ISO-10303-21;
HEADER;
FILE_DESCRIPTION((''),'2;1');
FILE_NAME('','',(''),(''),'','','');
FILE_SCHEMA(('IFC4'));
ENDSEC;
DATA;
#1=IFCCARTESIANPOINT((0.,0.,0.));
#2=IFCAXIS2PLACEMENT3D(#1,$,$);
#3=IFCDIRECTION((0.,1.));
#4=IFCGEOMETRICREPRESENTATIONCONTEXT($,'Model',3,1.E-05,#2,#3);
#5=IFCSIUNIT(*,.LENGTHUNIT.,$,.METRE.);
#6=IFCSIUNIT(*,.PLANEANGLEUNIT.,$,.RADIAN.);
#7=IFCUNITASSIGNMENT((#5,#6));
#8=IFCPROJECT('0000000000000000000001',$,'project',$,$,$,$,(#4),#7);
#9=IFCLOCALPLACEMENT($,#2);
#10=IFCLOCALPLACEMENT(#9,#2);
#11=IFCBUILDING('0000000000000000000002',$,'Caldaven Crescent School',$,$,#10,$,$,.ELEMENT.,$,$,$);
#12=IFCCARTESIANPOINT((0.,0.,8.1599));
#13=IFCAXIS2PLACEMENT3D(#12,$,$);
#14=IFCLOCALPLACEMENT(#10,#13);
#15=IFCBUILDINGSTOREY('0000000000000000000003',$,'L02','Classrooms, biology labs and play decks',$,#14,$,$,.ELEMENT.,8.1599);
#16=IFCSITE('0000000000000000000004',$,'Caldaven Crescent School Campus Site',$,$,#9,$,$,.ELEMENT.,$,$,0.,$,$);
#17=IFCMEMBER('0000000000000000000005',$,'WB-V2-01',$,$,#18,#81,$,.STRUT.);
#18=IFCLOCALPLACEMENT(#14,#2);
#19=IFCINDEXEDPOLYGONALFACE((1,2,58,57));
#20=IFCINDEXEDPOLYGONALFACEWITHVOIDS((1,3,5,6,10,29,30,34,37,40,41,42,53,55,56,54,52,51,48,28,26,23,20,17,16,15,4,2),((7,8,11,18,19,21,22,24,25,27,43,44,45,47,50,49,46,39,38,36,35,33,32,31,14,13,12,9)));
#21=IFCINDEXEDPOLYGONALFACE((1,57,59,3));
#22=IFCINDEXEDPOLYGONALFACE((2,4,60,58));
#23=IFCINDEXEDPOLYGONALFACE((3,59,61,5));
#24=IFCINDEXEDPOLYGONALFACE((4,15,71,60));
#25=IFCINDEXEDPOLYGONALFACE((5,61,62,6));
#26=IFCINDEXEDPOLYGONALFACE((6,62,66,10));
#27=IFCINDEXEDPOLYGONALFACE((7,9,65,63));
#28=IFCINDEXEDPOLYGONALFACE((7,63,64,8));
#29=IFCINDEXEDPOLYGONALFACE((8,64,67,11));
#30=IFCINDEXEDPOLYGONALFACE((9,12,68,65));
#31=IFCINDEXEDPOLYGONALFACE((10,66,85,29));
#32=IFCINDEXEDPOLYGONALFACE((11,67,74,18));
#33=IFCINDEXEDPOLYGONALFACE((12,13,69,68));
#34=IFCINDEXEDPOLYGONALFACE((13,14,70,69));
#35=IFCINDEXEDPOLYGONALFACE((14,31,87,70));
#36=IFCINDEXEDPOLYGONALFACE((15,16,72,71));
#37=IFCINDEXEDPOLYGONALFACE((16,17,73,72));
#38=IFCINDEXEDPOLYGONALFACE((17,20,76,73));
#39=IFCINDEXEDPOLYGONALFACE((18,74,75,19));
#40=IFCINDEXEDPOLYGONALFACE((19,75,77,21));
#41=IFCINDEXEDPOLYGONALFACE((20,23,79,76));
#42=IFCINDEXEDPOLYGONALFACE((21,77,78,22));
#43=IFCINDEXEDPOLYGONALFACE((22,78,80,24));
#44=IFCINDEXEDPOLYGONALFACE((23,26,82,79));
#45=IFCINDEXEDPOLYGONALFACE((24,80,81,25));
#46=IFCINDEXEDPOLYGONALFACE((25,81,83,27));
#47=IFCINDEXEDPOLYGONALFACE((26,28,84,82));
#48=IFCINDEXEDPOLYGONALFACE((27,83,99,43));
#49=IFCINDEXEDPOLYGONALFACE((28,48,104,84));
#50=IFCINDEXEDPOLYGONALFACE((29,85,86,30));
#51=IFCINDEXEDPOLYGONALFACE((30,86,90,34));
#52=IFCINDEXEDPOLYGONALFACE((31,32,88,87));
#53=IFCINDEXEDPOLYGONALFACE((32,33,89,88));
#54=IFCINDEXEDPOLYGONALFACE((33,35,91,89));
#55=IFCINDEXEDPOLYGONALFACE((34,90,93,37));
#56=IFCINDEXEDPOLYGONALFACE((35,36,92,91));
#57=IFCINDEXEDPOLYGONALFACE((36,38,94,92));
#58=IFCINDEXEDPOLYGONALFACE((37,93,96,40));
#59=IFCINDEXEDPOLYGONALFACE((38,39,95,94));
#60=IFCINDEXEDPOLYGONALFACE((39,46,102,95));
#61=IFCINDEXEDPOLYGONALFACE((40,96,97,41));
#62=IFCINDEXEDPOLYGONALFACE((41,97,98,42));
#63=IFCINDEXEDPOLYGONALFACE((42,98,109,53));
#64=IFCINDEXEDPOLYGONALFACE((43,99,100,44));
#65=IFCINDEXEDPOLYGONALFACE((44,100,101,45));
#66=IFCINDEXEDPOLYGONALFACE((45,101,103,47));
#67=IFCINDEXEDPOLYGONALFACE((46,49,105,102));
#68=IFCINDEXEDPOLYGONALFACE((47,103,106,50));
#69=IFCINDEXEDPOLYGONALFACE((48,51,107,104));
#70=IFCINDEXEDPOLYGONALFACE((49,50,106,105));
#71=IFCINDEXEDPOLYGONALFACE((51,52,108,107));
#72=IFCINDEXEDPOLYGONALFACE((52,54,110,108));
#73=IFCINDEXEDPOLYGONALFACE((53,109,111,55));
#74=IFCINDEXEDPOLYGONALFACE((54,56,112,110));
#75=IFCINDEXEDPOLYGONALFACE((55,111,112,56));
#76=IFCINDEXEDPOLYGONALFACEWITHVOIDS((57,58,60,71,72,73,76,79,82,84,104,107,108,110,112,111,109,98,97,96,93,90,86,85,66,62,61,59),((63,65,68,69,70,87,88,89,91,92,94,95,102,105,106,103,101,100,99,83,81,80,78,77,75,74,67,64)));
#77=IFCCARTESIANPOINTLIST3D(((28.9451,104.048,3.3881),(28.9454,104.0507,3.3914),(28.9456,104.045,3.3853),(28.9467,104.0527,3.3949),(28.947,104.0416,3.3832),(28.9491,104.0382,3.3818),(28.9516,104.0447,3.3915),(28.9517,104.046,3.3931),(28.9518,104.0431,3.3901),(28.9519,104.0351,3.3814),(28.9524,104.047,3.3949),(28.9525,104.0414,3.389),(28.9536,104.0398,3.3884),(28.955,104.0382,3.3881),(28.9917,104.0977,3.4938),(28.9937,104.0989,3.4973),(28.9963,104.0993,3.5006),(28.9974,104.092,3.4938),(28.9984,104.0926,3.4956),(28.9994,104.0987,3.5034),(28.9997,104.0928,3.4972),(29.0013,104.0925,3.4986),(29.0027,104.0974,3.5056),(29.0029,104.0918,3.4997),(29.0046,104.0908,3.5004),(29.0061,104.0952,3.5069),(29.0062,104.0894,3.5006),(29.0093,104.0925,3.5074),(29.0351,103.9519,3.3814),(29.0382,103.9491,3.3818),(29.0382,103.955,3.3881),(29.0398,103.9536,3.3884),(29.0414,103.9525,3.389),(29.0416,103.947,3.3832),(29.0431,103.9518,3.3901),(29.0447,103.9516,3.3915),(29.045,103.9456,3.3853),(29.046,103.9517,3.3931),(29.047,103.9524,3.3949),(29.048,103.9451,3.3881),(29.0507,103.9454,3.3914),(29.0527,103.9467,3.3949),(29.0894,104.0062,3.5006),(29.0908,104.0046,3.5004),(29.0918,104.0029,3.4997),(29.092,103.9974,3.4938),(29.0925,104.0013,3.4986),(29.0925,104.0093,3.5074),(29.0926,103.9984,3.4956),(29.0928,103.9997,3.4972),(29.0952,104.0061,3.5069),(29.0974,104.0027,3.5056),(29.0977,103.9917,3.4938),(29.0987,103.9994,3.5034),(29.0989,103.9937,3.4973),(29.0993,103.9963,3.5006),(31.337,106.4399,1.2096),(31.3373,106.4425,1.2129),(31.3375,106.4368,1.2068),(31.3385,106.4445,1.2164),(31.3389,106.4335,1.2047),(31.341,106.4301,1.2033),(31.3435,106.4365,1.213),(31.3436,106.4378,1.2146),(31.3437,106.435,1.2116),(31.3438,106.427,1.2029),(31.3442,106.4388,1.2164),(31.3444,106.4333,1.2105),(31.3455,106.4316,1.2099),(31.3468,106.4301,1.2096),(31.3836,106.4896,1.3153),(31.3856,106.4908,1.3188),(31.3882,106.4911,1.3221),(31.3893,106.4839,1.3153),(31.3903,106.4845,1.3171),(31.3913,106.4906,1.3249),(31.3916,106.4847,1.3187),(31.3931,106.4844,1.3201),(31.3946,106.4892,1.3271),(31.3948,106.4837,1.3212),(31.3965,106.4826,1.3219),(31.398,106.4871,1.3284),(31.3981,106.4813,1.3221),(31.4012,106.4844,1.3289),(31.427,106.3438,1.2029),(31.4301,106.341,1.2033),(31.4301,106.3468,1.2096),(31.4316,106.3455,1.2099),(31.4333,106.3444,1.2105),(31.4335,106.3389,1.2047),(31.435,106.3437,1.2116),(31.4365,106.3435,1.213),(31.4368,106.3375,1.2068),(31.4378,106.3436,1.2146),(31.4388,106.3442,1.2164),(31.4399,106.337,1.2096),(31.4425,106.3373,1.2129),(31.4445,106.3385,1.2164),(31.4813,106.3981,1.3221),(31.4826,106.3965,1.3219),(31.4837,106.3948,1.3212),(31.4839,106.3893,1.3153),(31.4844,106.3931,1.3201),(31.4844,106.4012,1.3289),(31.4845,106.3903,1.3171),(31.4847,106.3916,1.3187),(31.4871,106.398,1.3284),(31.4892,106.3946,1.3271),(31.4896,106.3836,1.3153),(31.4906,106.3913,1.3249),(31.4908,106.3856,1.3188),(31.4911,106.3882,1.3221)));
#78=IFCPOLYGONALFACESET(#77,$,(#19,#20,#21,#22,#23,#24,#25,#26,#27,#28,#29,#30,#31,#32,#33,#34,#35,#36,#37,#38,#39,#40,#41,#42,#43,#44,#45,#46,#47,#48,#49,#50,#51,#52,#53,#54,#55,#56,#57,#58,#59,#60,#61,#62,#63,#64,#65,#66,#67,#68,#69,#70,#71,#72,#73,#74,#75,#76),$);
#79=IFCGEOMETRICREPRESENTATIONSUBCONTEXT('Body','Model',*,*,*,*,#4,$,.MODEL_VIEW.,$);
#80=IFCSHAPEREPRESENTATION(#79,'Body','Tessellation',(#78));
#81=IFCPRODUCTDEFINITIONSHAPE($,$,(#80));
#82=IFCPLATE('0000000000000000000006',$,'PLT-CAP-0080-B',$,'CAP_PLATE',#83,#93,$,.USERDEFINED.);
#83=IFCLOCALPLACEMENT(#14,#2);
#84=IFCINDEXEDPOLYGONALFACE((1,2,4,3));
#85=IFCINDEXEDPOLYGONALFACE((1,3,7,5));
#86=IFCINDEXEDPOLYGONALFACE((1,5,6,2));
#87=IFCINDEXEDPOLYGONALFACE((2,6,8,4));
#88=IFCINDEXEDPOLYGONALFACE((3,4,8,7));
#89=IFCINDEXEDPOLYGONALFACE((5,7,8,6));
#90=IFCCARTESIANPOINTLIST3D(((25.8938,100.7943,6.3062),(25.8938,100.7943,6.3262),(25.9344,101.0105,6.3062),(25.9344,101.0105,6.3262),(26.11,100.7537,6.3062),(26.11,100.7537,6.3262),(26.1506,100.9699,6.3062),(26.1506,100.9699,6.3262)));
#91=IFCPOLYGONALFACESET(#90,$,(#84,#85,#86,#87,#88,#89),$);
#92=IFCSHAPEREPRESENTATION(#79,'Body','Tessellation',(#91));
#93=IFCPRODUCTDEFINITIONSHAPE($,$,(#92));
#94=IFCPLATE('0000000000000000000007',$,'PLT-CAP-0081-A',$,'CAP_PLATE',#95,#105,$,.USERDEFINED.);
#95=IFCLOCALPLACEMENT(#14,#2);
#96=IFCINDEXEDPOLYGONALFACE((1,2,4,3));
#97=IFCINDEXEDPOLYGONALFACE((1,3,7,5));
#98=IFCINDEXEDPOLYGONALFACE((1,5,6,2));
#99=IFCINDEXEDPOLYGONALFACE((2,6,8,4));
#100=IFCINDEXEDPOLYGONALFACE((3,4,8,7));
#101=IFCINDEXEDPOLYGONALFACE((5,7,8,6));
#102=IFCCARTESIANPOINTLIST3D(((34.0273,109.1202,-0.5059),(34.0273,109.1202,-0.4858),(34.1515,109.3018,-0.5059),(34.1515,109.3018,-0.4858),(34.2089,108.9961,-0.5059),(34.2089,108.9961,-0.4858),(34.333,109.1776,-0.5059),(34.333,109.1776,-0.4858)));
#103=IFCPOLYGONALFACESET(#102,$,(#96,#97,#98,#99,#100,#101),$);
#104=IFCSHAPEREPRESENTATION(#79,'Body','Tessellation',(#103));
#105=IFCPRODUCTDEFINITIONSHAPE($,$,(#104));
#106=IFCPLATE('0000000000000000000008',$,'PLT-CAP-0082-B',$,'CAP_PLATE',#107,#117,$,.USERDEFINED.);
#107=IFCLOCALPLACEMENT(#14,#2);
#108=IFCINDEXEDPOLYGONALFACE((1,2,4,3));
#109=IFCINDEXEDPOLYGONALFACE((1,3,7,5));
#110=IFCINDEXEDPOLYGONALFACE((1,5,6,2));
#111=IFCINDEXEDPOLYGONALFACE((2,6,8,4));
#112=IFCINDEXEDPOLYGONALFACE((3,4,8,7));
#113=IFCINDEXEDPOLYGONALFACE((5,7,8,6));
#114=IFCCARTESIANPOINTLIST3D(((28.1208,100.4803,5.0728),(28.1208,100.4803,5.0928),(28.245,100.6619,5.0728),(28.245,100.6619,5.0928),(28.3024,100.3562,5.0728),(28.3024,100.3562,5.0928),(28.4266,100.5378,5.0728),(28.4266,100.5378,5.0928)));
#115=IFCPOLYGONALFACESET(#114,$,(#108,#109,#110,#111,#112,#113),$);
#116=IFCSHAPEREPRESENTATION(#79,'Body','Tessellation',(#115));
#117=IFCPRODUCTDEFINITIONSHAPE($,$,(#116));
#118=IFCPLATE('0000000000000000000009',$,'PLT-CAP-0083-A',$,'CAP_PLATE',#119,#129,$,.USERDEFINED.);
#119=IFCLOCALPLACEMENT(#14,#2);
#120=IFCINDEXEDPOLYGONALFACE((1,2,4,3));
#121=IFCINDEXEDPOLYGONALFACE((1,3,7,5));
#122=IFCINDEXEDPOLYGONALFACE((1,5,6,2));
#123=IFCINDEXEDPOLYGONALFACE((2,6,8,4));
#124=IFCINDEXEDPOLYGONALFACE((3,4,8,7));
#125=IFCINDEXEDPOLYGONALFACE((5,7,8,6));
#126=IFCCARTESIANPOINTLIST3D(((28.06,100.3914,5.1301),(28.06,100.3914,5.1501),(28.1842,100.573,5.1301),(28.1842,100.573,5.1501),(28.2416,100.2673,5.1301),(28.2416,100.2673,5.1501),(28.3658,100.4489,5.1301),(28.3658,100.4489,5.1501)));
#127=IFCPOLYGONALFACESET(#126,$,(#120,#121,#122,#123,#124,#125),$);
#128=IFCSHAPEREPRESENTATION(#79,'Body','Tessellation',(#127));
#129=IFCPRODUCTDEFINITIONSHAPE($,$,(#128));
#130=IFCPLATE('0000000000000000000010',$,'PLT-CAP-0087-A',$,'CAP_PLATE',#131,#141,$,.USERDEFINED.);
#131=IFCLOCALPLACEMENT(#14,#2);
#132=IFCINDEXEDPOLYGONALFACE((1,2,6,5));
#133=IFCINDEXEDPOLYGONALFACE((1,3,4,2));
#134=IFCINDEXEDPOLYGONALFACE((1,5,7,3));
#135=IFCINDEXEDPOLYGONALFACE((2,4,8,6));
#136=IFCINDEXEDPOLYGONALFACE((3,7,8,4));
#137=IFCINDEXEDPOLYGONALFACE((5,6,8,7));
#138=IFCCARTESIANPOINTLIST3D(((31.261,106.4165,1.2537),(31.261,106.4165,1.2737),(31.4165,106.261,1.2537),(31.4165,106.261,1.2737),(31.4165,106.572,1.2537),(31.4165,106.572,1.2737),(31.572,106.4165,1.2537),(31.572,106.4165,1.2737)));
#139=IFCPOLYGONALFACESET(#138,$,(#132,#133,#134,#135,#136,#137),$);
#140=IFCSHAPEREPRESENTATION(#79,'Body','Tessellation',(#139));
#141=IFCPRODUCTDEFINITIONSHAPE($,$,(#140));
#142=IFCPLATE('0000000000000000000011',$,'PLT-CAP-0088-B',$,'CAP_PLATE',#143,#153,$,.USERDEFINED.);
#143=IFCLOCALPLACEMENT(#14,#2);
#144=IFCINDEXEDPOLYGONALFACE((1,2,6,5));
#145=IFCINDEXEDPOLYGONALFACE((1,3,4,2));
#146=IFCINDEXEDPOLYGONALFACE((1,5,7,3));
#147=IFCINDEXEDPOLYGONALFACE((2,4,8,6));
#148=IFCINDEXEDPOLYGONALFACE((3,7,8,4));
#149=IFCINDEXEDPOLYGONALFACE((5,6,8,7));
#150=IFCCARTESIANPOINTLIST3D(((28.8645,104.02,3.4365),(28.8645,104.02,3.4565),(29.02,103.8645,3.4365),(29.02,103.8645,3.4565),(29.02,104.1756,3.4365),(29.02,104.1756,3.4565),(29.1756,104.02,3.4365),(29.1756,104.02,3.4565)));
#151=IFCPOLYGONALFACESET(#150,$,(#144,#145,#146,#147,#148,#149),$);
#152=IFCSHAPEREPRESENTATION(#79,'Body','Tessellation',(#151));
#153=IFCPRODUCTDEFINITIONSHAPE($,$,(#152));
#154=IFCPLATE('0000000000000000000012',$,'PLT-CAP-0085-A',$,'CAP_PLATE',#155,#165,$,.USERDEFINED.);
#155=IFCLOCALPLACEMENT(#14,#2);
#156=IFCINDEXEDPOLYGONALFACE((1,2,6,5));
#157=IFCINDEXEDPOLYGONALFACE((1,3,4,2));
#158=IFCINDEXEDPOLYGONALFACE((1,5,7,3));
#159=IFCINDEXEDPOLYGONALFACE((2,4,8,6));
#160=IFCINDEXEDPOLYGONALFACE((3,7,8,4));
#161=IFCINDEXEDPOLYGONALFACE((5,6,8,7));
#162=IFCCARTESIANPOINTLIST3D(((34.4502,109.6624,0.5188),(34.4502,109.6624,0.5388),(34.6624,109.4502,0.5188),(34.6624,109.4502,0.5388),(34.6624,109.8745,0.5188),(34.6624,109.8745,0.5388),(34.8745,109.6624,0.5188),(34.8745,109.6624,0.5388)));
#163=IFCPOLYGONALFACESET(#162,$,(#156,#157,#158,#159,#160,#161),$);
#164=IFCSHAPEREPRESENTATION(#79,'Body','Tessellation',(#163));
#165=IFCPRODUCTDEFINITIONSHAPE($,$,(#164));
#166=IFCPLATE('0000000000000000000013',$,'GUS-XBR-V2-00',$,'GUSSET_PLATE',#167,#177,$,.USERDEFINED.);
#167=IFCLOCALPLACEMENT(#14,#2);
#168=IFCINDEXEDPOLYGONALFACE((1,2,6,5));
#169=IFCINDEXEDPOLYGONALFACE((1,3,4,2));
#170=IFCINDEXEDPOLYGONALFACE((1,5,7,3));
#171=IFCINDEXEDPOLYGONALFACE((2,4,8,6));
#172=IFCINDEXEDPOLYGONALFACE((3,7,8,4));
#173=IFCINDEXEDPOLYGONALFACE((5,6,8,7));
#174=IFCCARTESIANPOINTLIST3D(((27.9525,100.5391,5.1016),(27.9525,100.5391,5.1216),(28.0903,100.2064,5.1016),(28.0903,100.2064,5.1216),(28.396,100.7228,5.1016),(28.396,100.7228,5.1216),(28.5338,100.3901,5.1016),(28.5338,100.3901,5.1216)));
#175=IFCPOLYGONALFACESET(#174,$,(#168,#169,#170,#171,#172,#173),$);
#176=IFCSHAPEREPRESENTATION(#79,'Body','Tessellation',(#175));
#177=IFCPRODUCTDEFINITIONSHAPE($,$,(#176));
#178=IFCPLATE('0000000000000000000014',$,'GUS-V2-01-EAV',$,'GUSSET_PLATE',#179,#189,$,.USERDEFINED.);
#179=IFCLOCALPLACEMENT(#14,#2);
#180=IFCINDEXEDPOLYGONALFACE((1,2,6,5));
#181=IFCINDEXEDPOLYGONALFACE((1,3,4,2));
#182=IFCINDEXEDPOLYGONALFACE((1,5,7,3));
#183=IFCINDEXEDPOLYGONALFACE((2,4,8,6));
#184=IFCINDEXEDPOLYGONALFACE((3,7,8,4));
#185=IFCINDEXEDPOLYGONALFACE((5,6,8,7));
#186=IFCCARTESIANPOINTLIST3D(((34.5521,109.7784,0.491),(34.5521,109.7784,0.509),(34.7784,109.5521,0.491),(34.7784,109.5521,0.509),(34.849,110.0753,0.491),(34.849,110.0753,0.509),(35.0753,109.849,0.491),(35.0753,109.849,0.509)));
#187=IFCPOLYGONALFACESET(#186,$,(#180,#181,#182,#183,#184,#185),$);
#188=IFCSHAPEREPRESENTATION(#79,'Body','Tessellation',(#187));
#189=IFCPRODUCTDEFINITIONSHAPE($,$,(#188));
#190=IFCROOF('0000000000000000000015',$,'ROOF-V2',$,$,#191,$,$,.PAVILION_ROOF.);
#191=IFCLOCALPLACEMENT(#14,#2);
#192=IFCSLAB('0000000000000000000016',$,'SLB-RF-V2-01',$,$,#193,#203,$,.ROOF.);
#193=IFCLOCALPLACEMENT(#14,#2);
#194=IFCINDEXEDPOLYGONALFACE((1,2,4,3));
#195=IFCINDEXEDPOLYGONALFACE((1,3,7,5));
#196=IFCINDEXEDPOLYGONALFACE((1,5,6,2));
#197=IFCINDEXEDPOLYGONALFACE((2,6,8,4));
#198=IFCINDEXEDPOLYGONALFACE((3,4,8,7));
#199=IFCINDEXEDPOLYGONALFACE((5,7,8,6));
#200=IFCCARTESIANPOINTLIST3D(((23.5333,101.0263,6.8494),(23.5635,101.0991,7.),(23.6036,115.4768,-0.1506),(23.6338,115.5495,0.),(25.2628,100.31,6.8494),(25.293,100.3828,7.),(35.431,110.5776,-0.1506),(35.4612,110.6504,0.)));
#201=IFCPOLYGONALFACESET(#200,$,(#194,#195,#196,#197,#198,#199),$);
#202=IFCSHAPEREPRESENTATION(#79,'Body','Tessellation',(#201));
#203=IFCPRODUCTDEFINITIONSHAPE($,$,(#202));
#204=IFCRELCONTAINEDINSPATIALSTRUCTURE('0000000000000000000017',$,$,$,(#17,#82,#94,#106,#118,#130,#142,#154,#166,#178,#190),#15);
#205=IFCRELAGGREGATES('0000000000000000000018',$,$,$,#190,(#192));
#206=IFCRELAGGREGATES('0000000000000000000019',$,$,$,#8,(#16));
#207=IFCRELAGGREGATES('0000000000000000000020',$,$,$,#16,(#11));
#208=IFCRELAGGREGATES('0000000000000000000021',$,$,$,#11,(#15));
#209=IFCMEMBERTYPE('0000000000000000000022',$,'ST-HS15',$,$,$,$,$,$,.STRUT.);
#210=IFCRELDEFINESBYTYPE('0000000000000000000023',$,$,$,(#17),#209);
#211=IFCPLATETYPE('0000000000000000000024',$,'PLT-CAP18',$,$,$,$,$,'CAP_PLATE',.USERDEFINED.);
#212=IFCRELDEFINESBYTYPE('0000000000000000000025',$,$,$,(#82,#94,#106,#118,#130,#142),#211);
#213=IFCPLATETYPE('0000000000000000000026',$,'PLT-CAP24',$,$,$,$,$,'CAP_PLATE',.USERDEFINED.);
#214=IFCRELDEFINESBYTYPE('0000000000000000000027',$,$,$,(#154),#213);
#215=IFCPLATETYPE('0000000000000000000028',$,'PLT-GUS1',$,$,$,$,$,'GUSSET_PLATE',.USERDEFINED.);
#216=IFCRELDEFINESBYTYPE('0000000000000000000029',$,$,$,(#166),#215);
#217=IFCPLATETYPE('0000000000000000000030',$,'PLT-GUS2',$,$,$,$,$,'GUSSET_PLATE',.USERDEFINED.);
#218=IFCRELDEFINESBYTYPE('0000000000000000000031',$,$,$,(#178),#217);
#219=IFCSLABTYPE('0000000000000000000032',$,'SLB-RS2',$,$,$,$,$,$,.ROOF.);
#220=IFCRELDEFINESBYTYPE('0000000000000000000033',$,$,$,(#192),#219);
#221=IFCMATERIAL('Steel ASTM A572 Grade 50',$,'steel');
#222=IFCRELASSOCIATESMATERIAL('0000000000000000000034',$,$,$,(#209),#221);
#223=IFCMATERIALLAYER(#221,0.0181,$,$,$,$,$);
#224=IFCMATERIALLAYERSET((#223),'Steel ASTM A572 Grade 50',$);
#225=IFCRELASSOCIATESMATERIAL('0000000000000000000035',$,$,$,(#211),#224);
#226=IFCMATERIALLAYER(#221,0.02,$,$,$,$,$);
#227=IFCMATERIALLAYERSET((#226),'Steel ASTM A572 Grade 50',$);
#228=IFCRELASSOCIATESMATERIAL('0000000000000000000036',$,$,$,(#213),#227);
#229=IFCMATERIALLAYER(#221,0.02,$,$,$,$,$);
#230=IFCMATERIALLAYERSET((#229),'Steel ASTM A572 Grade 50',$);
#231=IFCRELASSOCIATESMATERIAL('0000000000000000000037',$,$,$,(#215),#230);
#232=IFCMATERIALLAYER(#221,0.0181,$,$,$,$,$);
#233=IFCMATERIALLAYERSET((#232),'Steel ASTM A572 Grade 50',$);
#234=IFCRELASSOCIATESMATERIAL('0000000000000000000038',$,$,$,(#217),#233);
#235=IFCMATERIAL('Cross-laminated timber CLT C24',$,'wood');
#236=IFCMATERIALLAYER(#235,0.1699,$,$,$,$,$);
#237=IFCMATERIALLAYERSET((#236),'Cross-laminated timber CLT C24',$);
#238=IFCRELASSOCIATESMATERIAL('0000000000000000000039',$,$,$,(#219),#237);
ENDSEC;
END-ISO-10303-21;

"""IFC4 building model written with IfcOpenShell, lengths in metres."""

from ifc_helpers import new_model, si_unit, direction, frame, origin, origin_2d, place, context, subcontext, project, spatial, polyline, rectangle, hollow_rectangle, outline, extrude, material, layer, layer_set, material_profile, profile_set, type_object, element, aggregate, save


model = new_model("IFC4")

# Units and contexts
model_context = context("Model", 3, precision=1e-05, world=origin(), true_north=direction((0.0, 1.0)))
body_context = subcontext(model_context, "Body", "Model", "MODEL_VIEW")
ifc_project = project(units=[si_unit("LENGTHUNIT", "METRE"), si_unit("PLANEANGLEUNIT", "RADIAN")], contexts=[model_context])

# Site, building, storey
site_placement = place(None, origin())
site = spatial("IfcSite", under=ifc_project, at=site_placement, Name="Caldaven Crescent School Campus Site", CompositionType="ELEMENT", RefElevation=0.0)
building_placement = place(site_placement, origin())
building = spatial("IfcBuilding", under=site, at=building_placement, Name="Caldaven Crescent School", CompositionType="ELEMENT")
storey_placement = place(building_placement, frame((0.0, 0.0, 8.1599)))
storey = spatial("IfcBuildingStorey", under=building, at=storey_placement, Name="L02", Description="Classrooms, biology labs and play decks", CompositionType="ELEMENT", Elevation=8.1599)

# Shared definitions
ifc_material_1 = material(Name="Steel ASTM A572 Grade 50", Category="steel")

# Member
ifc_material_profile_1 = material_profile(ifc_material_1, hollow_rectangle(XDim=0.1499, YDim=0.1499, WallThickness=0.0081, InnerFilletRadius=0.0081, OuterFilletRadius=0.0161, at=origin_2d()), Name="HSS 150x150x8")
ifc_profile_set_1 = profile_set([ifc_material_profile_1], Name="Steel ASTM A572 Grade 50")
member_type_1 = type_object("IfcMemberType", Name="ST-HS15", PredefinedType="STRUT", material=ifc_profile_set_1)
member_1_placement = place(storey_placement, frame((31.4141, 106.4141, 1.2659), z_axis=(-0.594487, -0.594487, 0.541452), x_axis=(0.707107, -0.707107, 0.0)))
element("IfcMember", 1, at=member_1_placement, inside=storey, type_object=member_type_1, Name="WB-V2-01", PredefinedType="STRUT", context=body_context, shape_type="SweptSolid", body=[
    extrude(hollow_rectangle(XDim=0.1499, YDim=0.1499, WallThickness=0.0081, InnerFilletRadius=0.0081, OuterFilletRadius=0.0161, at=origin_2d()), origin(), (0.0, 0.0, 1.0), 4.0234),
])

# Plates
ifc_layer_1 = layer(ifc_material_1, 0.0181)
ifc_layer_set_1 = layer_set([ifc_layer_1], Name="Steel ASTM A572 Grade 50")
plate_type_1 = type_object("IfcPlateType", Name="PLT-CAP18", ElementType="CAP_PLATE", PredefinedType="USERDEFINED", material=ifc_layer_set_1)
for number, where, z_axis, x_axis, name in (
    (2, (26.0222, 100.8821, 6.3062), (0.0, 0.0, 1.0), (-0.982807, 0.184638, 0.0), "PLT-CAP-0080-B"),
    (3, (34.1802, 109.1489, -0.5059), (0.0, 0.0, 1.0), (-0.564391, -0.825508, 0.0), "PLT-CAP-0081-A"),
    (4, (28.2737, 100.509, 5.0728), (0.0, 0.0, 1.0), (-0.564391, -0.825508, 0.0), "PLT-CAP-0082-B"),
    (5, (28.2129, 100.4202, 5.1301), (0.0, 0.0, 1.0), (-0.564391, -0.825508, 0.0), "PLT-CAP-0083-A"),
    (6, (31.4165, 106.4165, 1.2537), (0.0, 0.0, 1.0), (-0.707107, -0.707107, 0.0), "PLT-CAP-0087-A"),
    (7, (29.02, 104.02, 3.4365), (0.0, 0.0, 1.0), (-0.707107, -0.707107, 0.0), "PLT-CAP-0088-B"),
):
    element("IfcPlate", number, at=place(storey_placement, frame(where, z_axis=z_axis, x_axis=x_axis)), inside=storey, type_object=plate_type_1, Name=name, ObjectType="CAP_PLATE", PredefinedType="USERDEFINED", context=body_context, shape_type="SweptSolid", body=[
        extrude(rectangle(XDim=0.22, YDim=0.22, at=origin_2d()), origin(), (0.0, 0.0, 1.0), 0.02),
    ])
ifc_layer_2 = layer(ifc_material_1, 0.02)
ifc_layer_set_2 = layer_set([ifc_layer_2], Name="Steel ASTM A572 Grade 50")
plate_type_2 = type_object("IfcPlateType", Name="PLT-CAP24", ElementType="CAP_PLATE", PredefinedType="USERDEFINED", material=ifc_layer_set_2)
plate_1_placement = place(storey_placement, frame((34.6624, 109.6624, 0.5188), z_axis=(0.0, 0.0, 1.0), x_axis=(-0.707107, -0.707107, 0.0)))
element("IfcPlate", 8, at=plate_1_placement, inside=storey, type_object=plate_type_2, Name="PLT-CAP-0085-A", ObjectType="CAP_PLATE", PredefinedType="USERDEFINED", context=body_context, shape_type="SweptSolid", body=[
    extrude(rectangle(XDim=0.3, YDim=0.3, at=origin_2d()), origin(), (0.0, 0.0, 1.0), 0.02),
])
ifc_layer_3 = layer(ifc_material_1, 0.02)
ifc_layer_set_3 = layer_set([ifc_layer_3], Name="Steel ASTM A572 Grade 50")
plate_type_3 = type_object("IfcPlateType", Name="PLT-GUS1", ElementType="GUSSET_PLATE", PredefinedType="USERDEFINED", material=ifc_layer_set_3)
plate_2_placement = place(storey_placement, frame((28.2432, 100.4646, 5.1016), z_axis=(0.0, 0.0, 1.0), x_axis=(0.92388, 0.382683, 0.0)))
element("IfcPlate", 9, at=plate_2_placement, inside=storey, type_object=plate_type_3, Name="GUS-XBR-V2-00", ObjectType="GUSSET_PLATE", PredefinedType="USERDEFINED", context=body_context, shape_type="SweptSolid", body=[
    extrude(rectangle(XDim=0.48, YDim=0.3601, at=origin_2d()), origin(), (0.0, 0.0, 1.0), 0.02),
])
ifc_layer_4 = layer(ifc_material_1, 0.0181)
ifc_layer_set_4 = layer_set([ifc_layer_4], Name="Steel ASTM A572 Grade 50")
plate_type_4 = type_object("IfcPlateType", Name="PLT-GUS2", ElementType="GUSSET_PLATE", PredefinedType="USERDEFINED", material=ifc_layer_set_4)
plate_3_placement = place(storey_placement, frame((34.8137, 109.8137, 0.491), z_axis=(0.0, 0.0, 1.0), x_axis=(0.707107, 0.707107, 0.0)))
element("IfcPlate", 10, at=plate_3_placement, inside=storey, type_object=plate_type_4, Name="GUS-V2-01-EAV", ObjectType="GUSSET_PLATE", PredefinedType="USERDEFINED", context=body_context, shape_type="SweptSolid", body=[
    extrude(rectangle(XDim=0.4199, YDim=0.3201, at=origin_2d()), origin(), (0.0, 0.0, 1.0), 0.0181),
])

# Roof, slab
roof_placement = place(storey_placement, origin())
roof = element("IfcRoof", 11, at=roof_placement, inside=storey, Name="ROOF-V2", PredefinedType="PAVILION_ROOF")
ifc_material_2 = material(Name="Cross-laminated timber CLT C24", Category="wood")
ifc_layer_5 = layer(ifc_material_2, 0.1699)
ifc_layer_set_5 = layer_set([ifc_layer_5], Name="Cross-laminated timber CLT C24")
slab_type = type_object("IfcSlabType", Name="SLB-RS2", PredefinedType="ROOF", material=ifc_layer_set_5)
slab_placement = place(storey_placement, frame((35.4612, 110.6504, 0.0), z_axis=(0.177426, 0.428343, 0.886026), x_axis=(-0.923877, 0.382689, -0.000002)))
slab = element("IfcSlab", 12, at=slab_placement, type_object=slab_type, Name="SLB-RF-V2-01", PredefinedType="ROOF", context=body_context, shape_type="SweptSolid", body=[
    extrude(outline(polyline([(0.0, 0.0), (12.8019, 0.0), (7.3368, 15.0981), (5.4649, 15.098), (0.0, 0.0)])), origin(), (0.0, 0.0, -1.0), 0.1699),
])
aggregate(roof, [slab])

save(model, "model.ifc")
